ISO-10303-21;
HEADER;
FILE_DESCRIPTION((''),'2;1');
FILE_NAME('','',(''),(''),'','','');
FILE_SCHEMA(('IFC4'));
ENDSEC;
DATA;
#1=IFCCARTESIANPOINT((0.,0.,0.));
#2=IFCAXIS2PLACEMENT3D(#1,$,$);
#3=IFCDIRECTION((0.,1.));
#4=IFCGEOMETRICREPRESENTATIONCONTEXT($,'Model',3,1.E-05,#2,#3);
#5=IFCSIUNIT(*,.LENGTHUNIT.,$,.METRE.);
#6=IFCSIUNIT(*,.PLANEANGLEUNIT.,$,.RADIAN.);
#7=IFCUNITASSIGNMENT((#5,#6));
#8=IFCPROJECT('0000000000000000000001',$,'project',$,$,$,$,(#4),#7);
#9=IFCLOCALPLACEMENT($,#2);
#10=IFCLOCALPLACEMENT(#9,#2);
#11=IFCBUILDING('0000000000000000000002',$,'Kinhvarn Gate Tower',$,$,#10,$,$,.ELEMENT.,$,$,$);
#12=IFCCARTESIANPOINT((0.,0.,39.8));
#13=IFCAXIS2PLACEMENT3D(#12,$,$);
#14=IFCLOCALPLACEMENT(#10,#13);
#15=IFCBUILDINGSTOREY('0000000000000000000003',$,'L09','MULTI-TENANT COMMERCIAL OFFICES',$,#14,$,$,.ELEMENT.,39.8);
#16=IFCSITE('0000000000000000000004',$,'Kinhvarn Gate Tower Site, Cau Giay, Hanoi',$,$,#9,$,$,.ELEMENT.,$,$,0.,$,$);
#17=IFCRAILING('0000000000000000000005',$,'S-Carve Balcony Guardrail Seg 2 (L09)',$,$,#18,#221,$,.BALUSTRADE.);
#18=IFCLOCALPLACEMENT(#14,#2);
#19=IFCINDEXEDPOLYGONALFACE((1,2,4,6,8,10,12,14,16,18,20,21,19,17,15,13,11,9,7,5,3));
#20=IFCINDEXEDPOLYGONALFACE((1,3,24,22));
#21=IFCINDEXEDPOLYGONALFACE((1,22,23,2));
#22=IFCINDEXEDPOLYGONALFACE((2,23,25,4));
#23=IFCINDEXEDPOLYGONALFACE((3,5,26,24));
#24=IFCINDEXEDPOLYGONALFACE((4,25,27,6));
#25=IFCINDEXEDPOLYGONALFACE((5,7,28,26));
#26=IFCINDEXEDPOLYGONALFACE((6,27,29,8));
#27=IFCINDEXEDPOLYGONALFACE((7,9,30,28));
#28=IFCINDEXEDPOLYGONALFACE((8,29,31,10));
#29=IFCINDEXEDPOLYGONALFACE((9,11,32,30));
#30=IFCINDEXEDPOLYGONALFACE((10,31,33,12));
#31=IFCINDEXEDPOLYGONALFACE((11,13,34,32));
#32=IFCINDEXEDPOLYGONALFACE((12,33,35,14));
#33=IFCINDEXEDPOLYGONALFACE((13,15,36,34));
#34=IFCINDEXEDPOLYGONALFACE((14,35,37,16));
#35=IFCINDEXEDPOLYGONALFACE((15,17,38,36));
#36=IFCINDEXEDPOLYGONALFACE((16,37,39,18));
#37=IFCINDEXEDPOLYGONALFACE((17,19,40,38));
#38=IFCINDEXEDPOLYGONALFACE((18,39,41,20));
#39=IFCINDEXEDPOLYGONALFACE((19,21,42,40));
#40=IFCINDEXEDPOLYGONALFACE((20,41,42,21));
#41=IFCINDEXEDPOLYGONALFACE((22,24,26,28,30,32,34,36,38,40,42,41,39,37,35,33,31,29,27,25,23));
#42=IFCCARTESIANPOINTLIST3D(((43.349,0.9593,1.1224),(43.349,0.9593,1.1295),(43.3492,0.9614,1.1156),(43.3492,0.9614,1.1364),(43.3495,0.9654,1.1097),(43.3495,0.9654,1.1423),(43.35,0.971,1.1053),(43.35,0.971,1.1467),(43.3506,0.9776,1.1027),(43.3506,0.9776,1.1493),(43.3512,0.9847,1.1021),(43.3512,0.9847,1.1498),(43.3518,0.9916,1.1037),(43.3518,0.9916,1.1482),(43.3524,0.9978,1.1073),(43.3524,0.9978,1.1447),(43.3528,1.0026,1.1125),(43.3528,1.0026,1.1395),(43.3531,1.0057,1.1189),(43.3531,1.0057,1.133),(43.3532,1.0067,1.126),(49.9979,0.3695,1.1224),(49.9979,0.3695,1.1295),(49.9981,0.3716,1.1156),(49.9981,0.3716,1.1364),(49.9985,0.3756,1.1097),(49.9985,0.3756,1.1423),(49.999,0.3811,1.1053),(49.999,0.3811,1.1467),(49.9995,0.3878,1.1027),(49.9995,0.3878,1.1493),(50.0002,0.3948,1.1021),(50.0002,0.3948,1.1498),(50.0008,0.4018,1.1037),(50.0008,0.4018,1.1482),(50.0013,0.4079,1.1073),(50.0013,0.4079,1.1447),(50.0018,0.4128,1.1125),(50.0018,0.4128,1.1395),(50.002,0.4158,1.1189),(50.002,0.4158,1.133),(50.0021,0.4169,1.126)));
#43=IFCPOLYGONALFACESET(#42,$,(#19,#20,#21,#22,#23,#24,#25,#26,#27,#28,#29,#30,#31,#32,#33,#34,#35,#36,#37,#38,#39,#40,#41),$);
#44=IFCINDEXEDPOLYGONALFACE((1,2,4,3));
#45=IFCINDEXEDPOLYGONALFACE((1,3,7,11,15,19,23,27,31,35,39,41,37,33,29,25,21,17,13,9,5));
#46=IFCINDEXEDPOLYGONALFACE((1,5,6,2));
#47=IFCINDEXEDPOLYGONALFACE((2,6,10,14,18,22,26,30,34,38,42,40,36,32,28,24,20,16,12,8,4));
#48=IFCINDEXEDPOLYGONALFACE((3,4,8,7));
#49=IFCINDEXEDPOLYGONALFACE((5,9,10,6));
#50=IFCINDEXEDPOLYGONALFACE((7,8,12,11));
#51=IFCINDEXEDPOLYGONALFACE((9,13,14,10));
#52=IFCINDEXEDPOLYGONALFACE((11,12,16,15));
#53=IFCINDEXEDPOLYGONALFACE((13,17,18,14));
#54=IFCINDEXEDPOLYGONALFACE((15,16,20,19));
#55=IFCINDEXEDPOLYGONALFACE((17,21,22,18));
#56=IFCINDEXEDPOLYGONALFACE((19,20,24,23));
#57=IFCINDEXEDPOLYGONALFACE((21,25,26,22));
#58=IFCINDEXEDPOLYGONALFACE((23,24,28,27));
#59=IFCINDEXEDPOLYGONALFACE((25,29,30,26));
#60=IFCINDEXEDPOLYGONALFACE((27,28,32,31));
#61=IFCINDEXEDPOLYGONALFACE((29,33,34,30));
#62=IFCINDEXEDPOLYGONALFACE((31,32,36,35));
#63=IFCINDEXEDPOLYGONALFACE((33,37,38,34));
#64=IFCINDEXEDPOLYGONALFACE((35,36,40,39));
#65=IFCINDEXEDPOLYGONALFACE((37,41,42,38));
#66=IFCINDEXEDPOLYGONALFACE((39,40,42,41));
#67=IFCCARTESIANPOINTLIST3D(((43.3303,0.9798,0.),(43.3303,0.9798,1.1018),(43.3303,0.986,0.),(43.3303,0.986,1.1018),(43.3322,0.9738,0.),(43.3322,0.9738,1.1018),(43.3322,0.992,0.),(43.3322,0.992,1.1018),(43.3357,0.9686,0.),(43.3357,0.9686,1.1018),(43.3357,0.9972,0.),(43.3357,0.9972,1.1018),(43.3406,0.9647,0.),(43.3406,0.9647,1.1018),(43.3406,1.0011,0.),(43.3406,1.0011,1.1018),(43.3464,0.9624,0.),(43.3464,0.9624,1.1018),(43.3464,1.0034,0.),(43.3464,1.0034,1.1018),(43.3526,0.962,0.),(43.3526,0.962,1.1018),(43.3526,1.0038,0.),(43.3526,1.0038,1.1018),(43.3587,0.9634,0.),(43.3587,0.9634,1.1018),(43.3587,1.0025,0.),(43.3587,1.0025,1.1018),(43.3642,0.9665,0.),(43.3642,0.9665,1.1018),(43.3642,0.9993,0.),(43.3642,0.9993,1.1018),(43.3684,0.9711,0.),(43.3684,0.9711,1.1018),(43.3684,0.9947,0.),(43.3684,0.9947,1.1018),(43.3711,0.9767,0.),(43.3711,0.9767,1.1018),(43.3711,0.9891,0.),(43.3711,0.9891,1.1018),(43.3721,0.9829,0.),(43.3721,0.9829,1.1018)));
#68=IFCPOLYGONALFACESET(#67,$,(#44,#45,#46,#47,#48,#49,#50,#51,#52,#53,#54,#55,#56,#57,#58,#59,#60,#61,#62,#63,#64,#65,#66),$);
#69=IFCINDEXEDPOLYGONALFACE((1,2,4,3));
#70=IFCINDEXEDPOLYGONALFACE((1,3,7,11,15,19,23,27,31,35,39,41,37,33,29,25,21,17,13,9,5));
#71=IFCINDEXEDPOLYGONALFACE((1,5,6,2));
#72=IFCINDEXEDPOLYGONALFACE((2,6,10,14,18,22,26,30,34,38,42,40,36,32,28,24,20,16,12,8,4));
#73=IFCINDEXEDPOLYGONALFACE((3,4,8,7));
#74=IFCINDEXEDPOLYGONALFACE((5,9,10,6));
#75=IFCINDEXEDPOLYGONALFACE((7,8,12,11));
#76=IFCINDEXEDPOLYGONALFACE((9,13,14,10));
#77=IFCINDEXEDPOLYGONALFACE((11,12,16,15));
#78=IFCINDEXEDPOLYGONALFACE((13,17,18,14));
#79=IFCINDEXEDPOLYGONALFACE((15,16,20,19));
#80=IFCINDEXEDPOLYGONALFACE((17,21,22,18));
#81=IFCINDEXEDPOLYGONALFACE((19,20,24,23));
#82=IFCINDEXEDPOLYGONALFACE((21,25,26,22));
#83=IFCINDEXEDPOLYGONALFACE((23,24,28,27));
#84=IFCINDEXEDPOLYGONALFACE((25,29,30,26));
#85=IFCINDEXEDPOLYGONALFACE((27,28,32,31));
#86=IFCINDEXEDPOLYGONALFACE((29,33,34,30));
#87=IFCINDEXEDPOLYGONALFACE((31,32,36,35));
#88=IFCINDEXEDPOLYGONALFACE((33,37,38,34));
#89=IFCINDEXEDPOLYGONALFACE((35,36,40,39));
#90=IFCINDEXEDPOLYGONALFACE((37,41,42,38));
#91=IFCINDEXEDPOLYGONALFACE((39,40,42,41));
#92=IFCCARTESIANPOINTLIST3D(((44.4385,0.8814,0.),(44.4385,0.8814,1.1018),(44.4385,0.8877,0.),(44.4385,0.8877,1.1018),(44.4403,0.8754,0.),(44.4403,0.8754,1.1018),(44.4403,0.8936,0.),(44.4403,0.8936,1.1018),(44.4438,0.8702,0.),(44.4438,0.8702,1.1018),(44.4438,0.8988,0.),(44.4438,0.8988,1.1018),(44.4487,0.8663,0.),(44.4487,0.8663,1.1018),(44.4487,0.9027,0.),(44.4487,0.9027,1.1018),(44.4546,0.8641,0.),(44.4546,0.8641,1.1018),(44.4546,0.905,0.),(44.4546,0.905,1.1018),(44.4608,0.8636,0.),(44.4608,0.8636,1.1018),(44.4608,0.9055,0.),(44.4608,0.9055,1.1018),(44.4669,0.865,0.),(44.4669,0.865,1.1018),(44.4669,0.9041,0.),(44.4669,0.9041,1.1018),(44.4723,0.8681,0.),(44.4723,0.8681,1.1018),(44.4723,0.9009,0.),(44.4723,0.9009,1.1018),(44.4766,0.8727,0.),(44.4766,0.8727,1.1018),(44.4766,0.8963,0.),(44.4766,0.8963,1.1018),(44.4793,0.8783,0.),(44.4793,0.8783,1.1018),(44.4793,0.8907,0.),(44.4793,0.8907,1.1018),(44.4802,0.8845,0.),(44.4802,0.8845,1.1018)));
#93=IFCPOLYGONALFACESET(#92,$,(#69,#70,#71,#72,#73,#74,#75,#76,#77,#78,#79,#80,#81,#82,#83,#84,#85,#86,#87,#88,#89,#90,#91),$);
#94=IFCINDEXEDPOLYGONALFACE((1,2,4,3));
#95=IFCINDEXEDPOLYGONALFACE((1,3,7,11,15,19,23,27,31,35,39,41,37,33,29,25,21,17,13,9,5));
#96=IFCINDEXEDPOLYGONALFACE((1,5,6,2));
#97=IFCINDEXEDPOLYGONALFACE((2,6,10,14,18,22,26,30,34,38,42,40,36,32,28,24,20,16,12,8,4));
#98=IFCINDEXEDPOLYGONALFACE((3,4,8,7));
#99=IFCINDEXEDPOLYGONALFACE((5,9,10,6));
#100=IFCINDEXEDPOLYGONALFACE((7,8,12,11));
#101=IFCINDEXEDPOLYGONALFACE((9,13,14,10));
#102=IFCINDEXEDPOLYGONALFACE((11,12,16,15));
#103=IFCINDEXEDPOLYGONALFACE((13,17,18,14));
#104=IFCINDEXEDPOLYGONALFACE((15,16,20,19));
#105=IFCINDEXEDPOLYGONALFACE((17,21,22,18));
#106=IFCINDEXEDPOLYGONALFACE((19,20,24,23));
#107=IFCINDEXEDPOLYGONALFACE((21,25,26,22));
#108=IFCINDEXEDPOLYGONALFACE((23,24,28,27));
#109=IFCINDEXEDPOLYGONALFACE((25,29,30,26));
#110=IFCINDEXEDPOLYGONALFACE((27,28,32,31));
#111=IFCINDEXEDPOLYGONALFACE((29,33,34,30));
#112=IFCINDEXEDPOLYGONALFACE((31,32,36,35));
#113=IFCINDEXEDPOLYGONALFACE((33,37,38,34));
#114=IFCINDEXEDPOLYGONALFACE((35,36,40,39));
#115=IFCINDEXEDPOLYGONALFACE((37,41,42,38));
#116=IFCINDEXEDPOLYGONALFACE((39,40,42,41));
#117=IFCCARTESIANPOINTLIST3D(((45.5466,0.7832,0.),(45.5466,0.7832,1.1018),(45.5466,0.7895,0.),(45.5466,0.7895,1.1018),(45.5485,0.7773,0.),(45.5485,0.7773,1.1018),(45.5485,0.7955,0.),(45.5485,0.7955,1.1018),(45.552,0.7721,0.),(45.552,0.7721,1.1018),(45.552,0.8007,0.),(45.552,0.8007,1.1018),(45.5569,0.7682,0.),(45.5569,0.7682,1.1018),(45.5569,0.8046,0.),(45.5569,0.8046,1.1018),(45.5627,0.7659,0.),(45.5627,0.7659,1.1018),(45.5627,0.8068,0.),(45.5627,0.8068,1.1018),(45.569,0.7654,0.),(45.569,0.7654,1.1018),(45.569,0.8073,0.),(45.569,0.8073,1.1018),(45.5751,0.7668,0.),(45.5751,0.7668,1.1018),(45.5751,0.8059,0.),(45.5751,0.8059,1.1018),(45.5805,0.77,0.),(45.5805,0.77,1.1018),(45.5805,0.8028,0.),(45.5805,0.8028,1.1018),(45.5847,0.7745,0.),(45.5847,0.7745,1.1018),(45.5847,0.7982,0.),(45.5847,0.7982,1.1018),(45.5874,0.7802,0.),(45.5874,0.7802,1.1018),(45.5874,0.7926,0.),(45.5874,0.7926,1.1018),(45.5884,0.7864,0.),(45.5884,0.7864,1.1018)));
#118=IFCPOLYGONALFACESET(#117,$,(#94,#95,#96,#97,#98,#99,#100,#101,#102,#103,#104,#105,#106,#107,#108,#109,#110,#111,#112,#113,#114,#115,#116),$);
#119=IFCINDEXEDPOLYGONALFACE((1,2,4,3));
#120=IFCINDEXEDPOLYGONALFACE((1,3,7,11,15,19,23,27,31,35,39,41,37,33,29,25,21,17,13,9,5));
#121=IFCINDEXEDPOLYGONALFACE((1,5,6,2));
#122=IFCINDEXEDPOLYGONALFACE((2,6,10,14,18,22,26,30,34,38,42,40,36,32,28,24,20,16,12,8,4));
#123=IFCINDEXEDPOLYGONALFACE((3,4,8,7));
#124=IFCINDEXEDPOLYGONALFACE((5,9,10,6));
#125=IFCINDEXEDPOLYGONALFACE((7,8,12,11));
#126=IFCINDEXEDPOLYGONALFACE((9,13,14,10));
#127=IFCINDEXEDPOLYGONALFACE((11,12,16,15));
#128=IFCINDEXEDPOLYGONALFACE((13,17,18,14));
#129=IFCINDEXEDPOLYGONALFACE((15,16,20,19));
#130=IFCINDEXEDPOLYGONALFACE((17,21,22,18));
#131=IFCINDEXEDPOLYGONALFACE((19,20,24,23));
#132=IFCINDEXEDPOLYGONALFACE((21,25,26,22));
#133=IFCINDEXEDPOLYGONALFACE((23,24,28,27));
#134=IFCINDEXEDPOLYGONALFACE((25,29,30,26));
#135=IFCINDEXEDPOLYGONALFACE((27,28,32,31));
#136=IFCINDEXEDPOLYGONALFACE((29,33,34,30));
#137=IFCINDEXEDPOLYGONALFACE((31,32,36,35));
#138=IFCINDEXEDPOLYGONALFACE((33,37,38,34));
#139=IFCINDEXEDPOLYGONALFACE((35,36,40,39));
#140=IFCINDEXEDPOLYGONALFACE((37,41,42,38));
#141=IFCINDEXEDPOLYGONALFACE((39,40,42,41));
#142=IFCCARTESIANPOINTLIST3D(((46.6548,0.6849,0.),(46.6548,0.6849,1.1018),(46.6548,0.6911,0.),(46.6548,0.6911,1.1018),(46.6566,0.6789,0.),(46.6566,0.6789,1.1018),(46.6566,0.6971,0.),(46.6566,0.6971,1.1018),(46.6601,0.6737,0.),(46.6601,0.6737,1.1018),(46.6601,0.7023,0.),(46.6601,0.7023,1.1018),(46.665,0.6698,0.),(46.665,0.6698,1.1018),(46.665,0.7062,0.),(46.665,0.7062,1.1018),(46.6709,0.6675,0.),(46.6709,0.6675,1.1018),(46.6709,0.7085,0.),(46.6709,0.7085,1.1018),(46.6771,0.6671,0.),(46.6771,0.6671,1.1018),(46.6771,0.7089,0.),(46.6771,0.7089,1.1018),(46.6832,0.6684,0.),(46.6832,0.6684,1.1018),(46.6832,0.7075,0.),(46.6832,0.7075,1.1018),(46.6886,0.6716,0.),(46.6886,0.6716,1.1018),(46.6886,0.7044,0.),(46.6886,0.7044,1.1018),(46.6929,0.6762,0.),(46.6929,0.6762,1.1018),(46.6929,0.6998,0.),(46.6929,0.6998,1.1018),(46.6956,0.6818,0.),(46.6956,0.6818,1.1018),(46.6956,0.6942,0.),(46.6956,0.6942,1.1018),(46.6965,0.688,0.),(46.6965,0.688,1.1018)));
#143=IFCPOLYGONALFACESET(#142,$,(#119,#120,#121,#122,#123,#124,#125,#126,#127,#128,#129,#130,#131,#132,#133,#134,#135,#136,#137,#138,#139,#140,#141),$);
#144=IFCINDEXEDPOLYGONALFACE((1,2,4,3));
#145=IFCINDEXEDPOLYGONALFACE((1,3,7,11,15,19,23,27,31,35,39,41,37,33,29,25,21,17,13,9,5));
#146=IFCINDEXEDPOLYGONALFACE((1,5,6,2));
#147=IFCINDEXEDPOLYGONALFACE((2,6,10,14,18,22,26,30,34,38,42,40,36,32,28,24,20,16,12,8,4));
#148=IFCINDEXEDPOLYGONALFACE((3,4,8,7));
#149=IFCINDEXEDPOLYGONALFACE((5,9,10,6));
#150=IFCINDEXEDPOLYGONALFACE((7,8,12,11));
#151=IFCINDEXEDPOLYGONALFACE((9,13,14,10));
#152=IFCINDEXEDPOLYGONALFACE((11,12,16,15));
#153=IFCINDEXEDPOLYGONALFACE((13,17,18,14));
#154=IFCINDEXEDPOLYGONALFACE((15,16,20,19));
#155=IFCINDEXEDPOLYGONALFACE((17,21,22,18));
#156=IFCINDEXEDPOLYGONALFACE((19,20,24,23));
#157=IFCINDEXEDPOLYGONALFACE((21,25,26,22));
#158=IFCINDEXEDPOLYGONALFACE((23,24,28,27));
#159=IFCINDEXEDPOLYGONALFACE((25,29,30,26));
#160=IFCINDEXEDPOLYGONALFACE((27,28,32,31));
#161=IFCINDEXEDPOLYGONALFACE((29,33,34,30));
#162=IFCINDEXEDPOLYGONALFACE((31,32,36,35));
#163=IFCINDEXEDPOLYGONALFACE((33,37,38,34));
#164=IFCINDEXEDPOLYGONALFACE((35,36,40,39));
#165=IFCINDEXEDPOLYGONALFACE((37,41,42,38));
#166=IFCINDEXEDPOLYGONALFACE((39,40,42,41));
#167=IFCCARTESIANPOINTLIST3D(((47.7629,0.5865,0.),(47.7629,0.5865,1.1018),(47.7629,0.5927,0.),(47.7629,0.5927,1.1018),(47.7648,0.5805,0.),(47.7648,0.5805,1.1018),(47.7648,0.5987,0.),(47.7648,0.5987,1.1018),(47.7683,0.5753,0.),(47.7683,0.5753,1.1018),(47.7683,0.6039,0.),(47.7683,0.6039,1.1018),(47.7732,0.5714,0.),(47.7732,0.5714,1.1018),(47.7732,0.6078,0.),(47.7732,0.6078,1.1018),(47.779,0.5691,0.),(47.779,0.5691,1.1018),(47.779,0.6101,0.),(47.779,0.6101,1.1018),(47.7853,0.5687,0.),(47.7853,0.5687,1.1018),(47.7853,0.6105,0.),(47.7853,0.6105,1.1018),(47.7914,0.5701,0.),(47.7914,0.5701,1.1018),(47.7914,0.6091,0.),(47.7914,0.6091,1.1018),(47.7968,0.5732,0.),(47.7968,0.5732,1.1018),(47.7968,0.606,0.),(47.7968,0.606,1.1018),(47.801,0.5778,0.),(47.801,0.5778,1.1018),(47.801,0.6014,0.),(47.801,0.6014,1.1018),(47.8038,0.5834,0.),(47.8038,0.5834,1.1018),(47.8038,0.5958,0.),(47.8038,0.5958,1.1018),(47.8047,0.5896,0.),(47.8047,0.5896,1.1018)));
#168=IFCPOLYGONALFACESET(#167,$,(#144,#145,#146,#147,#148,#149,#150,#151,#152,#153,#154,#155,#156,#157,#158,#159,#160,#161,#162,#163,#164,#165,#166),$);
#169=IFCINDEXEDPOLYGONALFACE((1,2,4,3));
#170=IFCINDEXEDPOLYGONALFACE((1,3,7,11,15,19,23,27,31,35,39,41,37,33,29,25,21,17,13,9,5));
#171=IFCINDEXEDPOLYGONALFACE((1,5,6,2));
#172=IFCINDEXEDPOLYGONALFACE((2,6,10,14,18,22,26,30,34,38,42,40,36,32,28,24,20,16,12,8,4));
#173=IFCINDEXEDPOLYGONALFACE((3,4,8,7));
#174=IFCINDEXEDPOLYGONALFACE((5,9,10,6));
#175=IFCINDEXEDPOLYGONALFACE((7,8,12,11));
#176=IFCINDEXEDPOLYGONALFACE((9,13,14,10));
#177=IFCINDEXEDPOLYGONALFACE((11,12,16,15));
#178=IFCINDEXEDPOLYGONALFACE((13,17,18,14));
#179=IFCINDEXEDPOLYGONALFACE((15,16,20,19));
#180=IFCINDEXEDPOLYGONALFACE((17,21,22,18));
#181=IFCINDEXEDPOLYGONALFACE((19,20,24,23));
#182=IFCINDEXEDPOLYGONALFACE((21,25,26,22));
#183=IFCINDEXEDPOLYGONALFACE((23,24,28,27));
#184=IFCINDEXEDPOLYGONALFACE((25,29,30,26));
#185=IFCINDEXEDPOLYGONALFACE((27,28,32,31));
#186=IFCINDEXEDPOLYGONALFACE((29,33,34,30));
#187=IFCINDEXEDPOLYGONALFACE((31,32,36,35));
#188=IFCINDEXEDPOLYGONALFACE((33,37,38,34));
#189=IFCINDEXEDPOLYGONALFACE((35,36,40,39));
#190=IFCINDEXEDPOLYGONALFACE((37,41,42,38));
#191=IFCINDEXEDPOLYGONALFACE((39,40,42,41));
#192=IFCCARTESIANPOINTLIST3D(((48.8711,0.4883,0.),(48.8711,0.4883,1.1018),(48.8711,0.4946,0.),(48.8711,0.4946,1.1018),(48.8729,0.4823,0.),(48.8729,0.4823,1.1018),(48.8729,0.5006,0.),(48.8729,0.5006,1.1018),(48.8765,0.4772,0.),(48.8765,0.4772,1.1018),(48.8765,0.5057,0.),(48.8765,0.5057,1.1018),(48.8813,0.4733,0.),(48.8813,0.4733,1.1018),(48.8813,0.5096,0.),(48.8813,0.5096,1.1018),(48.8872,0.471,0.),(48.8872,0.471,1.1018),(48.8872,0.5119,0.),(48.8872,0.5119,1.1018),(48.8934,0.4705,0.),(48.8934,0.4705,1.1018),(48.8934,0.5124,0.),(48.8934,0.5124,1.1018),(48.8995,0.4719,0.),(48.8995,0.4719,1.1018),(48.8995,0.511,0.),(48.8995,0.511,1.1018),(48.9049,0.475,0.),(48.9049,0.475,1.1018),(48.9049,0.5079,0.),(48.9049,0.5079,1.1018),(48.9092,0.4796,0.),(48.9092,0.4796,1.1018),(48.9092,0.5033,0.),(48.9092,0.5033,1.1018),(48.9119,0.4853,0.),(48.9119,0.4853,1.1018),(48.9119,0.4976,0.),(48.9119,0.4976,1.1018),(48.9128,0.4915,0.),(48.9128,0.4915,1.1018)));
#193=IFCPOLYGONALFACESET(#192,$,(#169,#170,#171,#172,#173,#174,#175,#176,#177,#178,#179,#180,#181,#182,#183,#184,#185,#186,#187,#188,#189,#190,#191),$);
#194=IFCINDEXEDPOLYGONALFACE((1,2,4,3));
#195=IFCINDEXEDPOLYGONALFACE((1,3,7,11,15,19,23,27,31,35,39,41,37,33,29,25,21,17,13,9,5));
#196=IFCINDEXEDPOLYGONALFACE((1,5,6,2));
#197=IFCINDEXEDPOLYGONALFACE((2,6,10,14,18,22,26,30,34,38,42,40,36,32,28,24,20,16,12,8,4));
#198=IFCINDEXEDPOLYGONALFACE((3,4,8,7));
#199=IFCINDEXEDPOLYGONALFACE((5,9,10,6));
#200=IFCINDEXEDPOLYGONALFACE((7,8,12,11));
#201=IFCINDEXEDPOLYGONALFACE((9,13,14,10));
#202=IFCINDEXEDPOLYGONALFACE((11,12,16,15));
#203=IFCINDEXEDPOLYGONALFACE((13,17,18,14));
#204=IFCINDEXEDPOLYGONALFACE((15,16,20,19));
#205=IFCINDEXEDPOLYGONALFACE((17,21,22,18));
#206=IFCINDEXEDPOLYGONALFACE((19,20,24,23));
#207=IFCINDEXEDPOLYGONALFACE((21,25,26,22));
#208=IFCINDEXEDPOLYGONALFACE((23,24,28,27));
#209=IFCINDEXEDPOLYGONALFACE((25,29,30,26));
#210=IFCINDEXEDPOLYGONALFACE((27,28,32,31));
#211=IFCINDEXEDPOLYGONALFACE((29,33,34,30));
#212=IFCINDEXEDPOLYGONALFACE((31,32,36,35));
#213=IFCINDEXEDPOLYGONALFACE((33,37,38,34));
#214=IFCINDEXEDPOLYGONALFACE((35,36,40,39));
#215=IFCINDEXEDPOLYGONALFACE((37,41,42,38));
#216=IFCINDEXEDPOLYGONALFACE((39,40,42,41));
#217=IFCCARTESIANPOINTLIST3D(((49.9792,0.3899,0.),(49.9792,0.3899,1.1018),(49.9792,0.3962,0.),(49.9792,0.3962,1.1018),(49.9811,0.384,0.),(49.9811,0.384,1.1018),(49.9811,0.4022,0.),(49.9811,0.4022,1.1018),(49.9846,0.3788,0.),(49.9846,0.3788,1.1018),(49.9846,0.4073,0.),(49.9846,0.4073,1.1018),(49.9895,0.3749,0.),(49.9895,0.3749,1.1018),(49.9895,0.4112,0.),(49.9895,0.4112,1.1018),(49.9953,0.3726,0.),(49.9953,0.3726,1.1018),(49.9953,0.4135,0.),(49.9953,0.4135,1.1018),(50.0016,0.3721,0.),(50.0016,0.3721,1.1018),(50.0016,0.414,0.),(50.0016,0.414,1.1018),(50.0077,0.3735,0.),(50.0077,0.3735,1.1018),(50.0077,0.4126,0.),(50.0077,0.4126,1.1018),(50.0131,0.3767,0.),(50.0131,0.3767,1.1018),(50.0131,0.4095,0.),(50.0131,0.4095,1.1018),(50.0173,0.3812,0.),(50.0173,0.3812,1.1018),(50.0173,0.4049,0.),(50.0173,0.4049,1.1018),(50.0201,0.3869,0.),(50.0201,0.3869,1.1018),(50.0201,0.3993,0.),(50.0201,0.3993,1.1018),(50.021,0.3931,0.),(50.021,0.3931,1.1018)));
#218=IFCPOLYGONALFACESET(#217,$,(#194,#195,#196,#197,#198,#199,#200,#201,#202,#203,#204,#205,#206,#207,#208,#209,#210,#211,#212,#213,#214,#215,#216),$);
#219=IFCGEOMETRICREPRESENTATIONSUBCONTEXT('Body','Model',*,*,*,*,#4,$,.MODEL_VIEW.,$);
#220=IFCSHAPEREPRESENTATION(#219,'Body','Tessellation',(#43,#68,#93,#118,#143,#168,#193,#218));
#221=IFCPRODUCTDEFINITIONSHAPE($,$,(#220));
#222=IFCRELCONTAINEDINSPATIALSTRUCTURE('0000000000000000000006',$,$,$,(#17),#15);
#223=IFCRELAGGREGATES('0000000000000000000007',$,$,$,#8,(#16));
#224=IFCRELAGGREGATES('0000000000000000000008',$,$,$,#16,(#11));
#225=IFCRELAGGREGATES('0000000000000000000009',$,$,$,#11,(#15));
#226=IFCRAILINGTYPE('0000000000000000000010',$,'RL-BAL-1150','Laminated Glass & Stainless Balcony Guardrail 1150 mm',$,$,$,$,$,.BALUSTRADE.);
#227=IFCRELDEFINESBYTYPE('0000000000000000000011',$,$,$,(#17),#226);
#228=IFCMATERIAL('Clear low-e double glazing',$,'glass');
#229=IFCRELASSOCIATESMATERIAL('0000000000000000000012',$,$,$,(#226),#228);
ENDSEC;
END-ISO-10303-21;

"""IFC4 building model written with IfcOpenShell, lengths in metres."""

from ifc_helpers import new_model, si_unit, direction, frame, origin, origin_2d, place, context, subcontext, project, spatial, circle, extrude, material, type_object, element, save


model = new_model("IFC4")

# Units and contexts
model_context = context("Model", 3, precision=1e-05, world=origin(), true_north=direction((0.0, 1.0)))
body_context = subcontext(model_context, "Body", "Model", "MODEL_VIEW")
ifc_project = project(units=[si_unit("LENGTHUNIT", "METRE"), si_unit("PLANEANGLEUNIT", "RADIAN")], contexts=[model_context])

# Site, building, storey
site_placement = place(None, origin())
site = spatial("IfcSite", under=ifc_project, at=site_placement, Name="Kinhvarn Gate Tower Site, Cau Giay, Hanoi", CompositionType="ELEMENT", RefElevation=0.0)
building_placement = place(site_placement, origin())
building = spatial("IfcBuilding", under=site, at=building_placement, Name="Kinhvarn Gate Tower", CompositionType="ELEMENT")
storey_placement = place(building_placement, frame((0.0, 0.0, 39.8)))
storey = spatial("IfcBuildingStorey", under=building, at=storey_placement, Name="L09", Description="MULTI-TENANT COMMERCIAL OFFICES", CompositionType="ELEMENT", Elevation=39.8)

# Shared definitions
ifc_material_1 = material(Name="Clear low-e double glazing", Category="glass")

# Railing
railing_type = type_object("IfcRailingType", Name="RL-BAL-1150", Description="Laminated Glass & Stainless Balcony Guardrail 1150 mm", PredefinedType="BALUSTRADE", material=ifc_material_1)
railing_1_placement = place(storey_placement, frame((43.3511, 0.9829, 0.0)))
element("IfcRailing", 1, at=railing_1_placement, inside=storey, type_object=railing_type, Name="S-Carve Balcony Guardrail Seg 2 (L09)", PredefinedType="BALUSTRADE", context=body_context, shape_type="SweptSolid", body=[
    extrude(circle(Radius=0.0239, at=origin_2d()), frame((0.0, 0.0, 1.126), z_axis=(0.996088, -0.088366, 0.0), x_axis=(0.088366, 0.996088, 0.0)), (0.0, 0.0, 1.0), 6.675),
    extrude(circle(Radius=0.021, at=origin_2d()), origin(), (0.0, 0.0, 1.0), 1.1018),
    extrude(circle(Radius=0.021, at=origin_2d()), frame((1.1082, -0.0984, 0.0)), (0.0, 0.0, 1.0), 1.1018),
    extrude(circle(Radius=0.021, at=origin_2d()), frame((2.2163, -0.1965, 0.0)), (0.0, 0.0, 1.0), 1.1018),
    extrude(circle(Radius=0.021, at=origin_2d()), frame((3.3245, -0.2949, 0.0)), (0.0, 0.0, 1.0), 1.1018),
    extrude(circle(Radius=0.021, at=origin_2d()), frame((4.4326, -0.3933, 0.0)), (0.0, 0.0, 1.0), 1.1018),
    extrude(circle(Radius=0.021, at=origin_2d()), frame((5.5408, -0.4915, 0.0)), (0.0, 0.0, 1.0), 1.1018),
    extrude(circle(Radius=0.021, at=origin_2d()), frame((6.6489, -0.5898, 0.0)), (0.0, 0.0, 1.0), 1.1018),
])

save(model, "model.ifc")
